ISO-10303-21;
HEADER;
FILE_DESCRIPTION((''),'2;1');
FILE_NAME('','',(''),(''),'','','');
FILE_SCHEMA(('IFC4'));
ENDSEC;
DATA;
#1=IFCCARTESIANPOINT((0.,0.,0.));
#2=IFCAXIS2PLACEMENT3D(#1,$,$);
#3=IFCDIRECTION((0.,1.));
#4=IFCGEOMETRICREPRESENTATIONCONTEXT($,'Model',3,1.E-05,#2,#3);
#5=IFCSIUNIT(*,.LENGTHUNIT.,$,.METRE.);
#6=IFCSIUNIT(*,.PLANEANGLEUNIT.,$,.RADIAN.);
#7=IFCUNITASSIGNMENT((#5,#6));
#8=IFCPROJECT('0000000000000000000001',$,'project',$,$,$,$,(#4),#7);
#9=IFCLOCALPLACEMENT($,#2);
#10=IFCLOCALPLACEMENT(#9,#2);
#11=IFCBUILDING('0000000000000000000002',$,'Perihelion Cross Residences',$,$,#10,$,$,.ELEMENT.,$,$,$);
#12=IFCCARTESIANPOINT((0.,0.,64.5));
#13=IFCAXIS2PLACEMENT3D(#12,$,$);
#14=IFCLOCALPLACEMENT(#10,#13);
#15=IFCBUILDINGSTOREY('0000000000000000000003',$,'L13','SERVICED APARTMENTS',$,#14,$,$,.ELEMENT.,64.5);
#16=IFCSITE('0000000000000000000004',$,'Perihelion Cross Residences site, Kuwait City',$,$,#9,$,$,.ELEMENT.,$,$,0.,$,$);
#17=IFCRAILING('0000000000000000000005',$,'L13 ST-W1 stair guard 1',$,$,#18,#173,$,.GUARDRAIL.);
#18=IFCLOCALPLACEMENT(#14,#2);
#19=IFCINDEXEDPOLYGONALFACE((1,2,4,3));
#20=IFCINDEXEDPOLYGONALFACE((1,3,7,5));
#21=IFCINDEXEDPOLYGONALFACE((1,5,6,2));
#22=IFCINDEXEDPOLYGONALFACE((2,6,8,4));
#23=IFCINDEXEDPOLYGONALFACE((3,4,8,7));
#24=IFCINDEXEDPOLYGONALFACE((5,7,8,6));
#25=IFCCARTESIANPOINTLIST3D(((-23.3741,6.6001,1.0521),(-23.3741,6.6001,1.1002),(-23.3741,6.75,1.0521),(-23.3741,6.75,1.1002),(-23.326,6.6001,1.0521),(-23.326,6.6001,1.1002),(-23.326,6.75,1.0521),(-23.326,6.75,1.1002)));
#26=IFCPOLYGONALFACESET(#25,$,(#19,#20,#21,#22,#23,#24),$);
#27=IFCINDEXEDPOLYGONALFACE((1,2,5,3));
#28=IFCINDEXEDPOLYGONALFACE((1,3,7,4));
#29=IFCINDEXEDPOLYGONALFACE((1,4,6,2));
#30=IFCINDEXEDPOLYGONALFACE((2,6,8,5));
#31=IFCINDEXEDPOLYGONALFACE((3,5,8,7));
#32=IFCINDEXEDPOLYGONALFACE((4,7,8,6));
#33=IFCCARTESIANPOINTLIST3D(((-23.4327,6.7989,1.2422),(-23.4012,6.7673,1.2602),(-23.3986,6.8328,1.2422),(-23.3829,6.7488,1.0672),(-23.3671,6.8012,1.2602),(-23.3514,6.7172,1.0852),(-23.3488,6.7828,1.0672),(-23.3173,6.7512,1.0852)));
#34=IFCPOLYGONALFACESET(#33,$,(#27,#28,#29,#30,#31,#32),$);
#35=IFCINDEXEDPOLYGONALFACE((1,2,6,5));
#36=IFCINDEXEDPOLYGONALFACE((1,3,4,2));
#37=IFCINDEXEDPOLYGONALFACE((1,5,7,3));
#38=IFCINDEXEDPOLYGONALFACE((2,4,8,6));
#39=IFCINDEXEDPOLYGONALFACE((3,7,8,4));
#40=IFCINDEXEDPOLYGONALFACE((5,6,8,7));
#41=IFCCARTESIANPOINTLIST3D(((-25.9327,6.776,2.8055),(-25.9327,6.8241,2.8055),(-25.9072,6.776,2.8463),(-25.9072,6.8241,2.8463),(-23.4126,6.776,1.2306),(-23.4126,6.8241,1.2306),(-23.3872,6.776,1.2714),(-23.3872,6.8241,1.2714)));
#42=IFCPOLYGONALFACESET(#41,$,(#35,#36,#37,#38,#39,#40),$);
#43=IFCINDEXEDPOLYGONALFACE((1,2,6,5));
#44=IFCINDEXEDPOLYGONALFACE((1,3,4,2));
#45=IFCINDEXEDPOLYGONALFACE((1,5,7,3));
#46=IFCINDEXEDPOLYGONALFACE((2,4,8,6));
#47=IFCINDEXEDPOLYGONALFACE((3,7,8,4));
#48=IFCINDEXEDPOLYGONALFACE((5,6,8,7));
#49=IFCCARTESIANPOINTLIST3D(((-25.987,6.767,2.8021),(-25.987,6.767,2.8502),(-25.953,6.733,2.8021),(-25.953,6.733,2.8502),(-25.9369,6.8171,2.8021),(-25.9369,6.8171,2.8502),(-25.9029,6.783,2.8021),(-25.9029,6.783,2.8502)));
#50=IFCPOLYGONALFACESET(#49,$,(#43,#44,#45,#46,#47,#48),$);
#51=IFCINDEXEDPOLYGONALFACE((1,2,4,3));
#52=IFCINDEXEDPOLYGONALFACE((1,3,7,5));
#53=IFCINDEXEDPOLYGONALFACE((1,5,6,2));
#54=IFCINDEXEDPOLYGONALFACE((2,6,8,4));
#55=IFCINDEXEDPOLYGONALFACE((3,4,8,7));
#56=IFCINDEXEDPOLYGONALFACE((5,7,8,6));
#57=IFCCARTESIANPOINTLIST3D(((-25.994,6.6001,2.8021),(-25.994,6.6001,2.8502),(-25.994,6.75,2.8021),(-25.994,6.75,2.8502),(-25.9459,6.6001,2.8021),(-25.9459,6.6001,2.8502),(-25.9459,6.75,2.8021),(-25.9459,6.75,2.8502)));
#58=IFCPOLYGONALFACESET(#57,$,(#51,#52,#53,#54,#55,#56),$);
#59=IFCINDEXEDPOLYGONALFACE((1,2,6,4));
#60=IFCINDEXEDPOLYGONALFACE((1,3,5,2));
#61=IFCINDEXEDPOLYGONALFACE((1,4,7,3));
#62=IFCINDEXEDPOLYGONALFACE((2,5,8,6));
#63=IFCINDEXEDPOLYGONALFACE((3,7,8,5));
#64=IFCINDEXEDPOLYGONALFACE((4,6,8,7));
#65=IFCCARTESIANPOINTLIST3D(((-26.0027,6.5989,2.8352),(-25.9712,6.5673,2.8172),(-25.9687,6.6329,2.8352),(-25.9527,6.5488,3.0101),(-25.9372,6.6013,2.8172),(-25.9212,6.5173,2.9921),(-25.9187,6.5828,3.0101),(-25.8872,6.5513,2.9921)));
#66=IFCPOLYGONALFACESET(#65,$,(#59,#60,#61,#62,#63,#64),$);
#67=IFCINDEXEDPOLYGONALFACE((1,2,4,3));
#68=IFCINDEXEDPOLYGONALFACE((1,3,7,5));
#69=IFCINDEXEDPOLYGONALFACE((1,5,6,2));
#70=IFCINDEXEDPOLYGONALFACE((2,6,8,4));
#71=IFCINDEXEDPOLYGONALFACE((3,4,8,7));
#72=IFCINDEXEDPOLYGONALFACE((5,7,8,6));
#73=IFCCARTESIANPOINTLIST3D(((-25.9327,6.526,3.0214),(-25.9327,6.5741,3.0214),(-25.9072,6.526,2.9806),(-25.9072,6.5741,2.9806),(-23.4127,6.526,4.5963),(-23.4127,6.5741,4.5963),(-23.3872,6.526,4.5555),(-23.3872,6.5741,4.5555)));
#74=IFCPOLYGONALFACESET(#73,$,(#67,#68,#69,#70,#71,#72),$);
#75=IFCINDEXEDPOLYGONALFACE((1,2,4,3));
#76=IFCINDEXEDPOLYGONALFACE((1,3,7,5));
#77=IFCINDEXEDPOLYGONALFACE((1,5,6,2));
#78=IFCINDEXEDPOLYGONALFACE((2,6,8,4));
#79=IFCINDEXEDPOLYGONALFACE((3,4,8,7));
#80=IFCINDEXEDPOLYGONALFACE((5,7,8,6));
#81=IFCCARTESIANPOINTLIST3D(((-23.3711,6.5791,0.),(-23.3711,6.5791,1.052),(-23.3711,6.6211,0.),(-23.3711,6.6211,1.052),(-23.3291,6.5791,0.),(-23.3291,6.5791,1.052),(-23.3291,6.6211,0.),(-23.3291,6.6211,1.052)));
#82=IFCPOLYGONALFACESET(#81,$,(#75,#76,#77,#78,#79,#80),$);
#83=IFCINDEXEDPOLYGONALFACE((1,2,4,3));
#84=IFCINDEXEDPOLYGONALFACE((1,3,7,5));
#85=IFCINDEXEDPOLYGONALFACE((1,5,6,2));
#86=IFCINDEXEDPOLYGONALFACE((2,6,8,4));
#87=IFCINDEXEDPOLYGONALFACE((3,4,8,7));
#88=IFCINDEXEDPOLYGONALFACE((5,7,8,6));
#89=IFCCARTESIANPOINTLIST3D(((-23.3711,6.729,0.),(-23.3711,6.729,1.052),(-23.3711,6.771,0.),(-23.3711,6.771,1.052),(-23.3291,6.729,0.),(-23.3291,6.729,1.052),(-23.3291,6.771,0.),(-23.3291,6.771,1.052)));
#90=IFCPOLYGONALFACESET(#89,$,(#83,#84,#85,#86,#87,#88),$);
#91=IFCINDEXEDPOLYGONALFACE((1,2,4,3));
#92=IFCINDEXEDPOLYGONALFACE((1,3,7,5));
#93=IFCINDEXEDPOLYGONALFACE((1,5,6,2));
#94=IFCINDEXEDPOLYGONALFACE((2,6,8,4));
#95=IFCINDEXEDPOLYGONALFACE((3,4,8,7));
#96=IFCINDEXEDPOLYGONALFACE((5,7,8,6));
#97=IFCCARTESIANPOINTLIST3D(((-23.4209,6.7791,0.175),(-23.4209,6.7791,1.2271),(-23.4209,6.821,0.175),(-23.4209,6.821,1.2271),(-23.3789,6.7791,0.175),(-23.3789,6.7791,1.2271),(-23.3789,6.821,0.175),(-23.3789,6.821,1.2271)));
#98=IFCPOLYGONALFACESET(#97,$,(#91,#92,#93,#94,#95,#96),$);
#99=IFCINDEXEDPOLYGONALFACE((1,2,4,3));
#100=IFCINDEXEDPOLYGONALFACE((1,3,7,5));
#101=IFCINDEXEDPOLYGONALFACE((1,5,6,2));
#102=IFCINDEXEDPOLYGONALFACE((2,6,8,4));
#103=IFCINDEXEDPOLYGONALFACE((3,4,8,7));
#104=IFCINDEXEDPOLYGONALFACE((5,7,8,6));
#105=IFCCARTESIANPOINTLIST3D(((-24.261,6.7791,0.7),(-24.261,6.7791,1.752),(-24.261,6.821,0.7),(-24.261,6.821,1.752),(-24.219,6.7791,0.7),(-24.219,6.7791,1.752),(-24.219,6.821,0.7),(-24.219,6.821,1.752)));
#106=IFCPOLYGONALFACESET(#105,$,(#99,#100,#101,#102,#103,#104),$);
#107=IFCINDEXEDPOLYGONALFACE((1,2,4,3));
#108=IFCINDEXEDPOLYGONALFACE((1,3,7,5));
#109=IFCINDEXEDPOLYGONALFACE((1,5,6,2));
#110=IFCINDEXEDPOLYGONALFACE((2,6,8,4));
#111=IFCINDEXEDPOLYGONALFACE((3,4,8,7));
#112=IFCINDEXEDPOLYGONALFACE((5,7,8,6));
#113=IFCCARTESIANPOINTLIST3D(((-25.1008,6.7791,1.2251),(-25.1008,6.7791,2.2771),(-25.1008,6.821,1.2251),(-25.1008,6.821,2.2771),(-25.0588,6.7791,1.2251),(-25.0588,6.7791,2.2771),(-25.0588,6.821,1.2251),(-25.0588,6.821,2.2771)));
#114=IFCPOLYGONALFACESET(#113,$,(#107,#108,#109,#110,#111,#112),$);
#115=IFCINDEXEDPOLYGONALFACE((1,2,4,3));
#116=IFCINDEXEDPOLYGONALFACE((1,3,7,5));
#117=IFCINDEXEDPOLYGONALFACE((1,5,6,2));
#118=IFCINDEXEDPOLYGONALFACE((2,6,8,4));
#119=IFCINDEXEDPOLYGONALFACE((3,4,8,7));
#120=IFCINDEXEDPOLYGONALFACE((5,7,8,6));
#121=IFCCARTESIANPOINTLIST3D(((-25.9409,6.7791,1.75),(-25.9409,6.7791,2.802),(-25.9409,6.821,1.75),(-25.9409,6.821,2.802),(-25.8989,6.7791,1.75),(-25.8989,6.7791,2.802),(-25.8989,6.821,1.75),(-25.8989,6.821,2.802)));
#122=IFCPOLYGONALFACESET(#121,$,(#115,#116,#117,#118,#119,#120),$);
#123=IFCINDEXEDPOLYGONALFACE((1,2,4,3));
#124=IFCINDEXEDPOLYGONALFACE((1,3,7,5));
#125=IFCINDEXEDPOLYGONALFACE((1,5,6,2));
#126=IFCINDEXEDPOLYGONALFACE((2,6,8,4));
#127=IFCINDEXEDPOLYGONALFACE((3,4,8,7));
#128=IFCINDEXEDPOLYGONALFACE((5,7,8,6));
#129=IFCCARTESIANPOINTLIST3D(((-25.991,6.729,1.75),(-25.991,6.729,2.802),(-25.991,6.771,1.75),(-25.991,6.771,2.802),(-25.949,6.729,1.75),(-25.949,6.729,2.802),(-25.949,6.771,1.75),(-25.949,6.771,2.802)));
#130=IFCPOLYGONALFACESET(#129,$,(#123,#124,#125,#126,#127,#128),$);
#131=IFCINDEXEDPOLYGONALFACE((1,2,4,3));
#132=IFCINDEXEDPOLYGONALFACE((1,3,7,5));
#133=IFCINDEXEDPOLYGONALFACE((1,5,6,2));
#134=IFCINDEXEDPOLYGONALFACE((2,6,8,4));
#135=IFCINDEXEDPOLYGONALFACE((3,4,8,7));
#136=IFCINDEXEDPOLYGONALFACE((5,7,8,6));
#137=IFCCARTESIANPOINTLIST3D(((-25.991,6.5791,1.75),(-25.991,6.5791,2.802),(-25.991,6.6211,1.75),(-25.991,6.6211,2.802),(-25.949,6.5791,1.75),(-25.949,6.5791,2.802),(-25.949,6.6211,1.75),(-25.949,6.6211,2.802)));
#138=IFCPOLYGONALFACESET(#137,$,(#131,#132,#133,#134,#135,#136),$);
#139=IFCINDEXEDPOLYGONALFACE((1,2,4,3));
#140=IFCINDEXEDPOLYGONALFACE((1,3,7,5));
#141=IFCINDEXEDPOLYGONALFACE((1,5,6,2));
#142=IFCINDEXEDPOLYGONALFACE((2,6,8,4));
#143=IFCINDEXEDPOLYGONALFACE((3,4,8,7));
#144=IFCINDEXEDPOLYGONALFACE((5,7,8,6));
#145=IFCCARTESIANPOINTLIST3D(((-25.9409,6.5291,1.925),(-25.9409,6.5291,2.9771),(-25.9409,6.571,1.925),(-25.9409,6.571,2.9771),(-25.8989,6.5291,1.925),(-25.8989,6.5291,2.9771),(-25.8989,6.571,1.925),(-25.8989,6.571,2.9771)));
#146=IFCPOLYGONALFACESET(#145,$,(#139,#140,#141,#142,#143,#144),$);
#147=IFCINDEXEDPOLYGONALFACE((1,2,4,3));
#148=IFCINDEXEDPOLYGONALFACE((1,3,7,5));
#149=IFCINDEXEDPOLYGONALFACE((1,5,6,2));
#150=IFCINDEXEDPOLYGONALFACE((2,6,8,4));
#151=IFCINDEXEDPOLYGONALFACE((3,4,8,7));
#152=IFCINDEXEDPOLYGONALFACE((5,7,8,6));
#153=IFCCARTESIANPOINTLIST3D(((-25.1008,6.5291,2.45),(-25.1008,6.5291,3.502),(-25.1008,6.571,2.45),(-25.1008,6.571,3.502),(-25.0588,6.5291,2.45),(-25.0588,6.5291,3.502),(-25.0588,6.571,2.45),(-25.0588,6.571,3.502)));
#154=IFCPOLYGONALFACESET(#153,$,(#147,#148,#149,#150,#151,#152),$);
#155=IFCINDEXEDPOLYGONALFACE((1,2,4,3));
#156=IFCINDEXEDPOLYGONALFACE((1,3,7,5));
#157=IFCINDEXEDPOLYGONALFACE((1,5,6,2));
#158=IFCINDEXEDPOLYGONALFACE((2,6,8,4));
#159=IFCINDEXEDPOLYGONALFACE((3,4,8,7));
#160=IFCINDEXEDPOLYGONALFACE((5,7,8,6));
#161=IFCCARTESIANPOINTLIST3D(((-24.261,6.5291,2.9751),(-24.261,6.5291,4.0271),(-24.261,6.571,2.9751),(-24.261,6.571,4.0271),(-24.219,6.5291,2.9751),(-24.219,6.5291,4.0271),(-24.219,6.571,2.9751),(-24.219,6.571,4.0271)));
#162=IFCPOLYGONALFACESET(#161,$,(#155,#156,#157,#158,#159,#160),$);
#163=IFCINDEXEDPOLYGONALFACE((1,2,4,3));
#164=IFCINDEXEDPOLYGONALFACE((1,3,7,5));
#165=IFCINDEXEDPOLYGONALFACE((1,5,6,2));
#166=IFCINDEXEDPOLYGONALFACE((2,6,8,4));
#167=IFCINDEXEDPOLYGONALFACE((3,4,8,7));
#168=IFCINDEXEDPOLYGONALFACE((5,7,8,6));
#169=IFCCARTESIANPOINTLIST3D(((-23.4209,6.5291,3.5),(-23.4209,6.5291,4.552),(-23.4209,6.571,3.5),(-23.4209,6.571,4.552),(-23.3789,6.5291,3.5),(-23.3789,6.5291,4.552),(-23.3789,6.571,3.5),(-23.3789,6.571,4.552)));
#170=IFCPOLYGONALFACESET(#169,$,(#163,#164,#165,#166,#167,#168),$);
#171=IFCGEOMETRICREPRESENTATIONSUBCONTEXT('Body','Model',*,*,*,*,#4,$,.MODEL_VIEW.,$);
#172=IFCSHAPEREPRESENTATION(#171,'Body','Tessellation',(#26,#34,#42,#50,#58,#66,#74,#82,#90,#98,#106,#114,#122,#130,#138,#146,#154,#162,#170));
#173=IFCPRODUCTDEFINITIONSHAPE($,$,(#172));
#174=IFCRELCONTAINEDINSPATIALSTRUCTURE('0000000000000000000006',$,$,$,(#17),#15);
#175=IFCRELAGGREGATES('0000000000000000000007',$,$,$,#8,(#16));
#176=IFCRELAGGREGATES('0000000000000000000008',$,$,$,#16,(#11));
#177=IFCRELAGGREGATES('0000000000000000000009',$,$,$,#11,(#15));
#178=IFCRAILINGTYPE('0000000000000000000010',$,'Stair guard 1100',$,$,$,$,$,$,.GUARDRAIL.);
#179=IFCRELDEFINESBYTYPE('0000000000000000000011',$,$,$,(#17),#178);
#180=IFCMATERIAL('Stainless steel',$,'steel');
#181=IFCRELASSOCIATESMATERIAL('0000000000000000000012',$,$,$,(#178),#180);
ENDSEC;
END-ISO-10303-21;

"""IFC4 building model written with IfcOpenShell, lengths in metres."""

from ifc_helpers import new_model, si_unit, direction, frame, origin, origin_2d, place, context, subcontext, project, spatial, rectangle, extrude, material, type_object, element, save


model = new_model("IFC4")

# Units and contexts
model_context = context("Model", 3, precision=1e-05, world=origin(), true_north=direction((0.0, 1.0)))
body_context = subcontext(model_context, "Body", "Model", "MODEL_VIEW")
ifc_project = project(units=[si_unit("LENGTHUNIT", "METRE"), si_unit("PLANEANGLEUNIT", "RADIAN")], contexts=[model_context])

# Site, building, storey
site_placement = place(None, origin())
site = spatial("IfcSite", under=ifc_project, at=site_placement, Name="Perihelion Cross Residences site, Kuwait City", CompositionType="ELEMENT", RefElevation=0.0)
building_placement = place(site_placement, origin())
building = spatial("IfcBuilding", under=site, at=building_placement, Name="Perihelion Cross Residences", CompositionType="ELEMENT")
storey_placement = place(building_placement, frame((0.0, 0.0, 64.5)))
storey = spatial("IfcBuildingStorey", under=building, at=storey_placement, Name="L13", Description="SERVICED APARTMENTS", CompositionType="ELEMENT", Elevation=64.5)

# Railing
ifc_material_1 = material(Name="Stainless steel", Category="steel")
railing_type_1 = type_object("IfcRailingType", Name="Stair guard 1100", PredefinedType="GUARDRAIL", material=ifc_material_1)
railing_1_placement = place(storey_placement, frame((-23.3501, 6.6001, 0.0)))
element("IfcRailing", 1, at=railing_1_placement, inside=storey, type_object=railing_type_1, Name="L13 ST-W1 stair guard 1", PredefinedType="GUARDRAIL", context=body_context, shape_type="SweptSolid", body=[
    extrude(rectangle(XDim=0.0481, YDim=0.0481, at=origin_2d()), frame((0.0, 0.0, 1.0762), z_axis=(0.0, 1.0, 0.0), x_axis=(-1.0, 0.0, 0.0)), (0.0, 0.0, 1.0), 0.1499),
    extrude(rectangle(XDim=0.0481, YDim=0.0481, at=origin_2d()), frame((0.0, 0.1499, 1.0762), z_axis=(-0.263862, 0.265156, 0.927399), x_axis=(-0.708834, -0.705376, 0.0)), (0.0, 0.0, 1.0), 0.1887),
    extrude(rectangle(XDim=0.0481, YDim=0.0481, at=origin_2d()), frame((-0.0498, 0.2, 1.251), z_axis=(-0.848008, 0.0, 0.529984), x_axis=(0.0, -1.0, 0.0)), (0.0, 0.0, 1.0), 2.9717),
    extrude(rectangle(XDim=0.0481, YDim=0.0481, at=origin_2d()), frame((-2.5698, 0.2, 2.8262), z_axis=(-0.707107, -0.707107, 0.0), x_axis=(0.707107, -0.707107, 0.0)), (0.0, 0.0, 1.0), 0.0708),
    extrude(rectangle(XDim=0.0481, YDim=0.0481, at=origin_2d()), frame((-2.6199, 0.1499, 2.8262), z_axis=(0.0, -1.0, 0.0), x_axis=(1.0, 0.0, 0.0)), (0.0, 0.0, 1.0), 0.1499),
    extrude(rectangle(XDim=0.0481, YDim=0.0481, at=origin_2d()), frame((-2.6199, 0.0, 2.8262), z_axis=(0.265065, -0.265065, 0.927082), x_axis=(0.707107, 0.707107, 0.0)), (0.0, 0.0, 1.0), 0.1887),
    extrude(rectangle(XDim=0.0481, YDim=0.0481, at=origin_2d()), frame((-2.5698, -0.05, 3.001), z_axis=(0.848008, 0.0, 0.529984), x_axis=(0.0, 1.0, 0.0)), (0.0, 0.0, 1.0), 2.9717),
    extrude(rectangle(XDim=0.042, YDim=0.042, at=origin_2d()), origin(), (0.0, 0.0, 1.0), 1.052),
    extrude(rectangle(XDim=0.042, YDim=0.042, at=origin_2d()), frame((0.0, 0.1499, 0.0)), (0.0, 0.0, 1.0), 1.052),
    extrude(rectangle(XDim=0.042, YDim=0.042, at=origin_2d()), frame((-0.0498, 0.2, 0.175)), (0.0, 0.0, 1.0), 1.052),
    extrude(rectangle(XDim=0.042, YDim=0.042, at=origin_2d()), frame((-0.8899, 0.2, 0.7)), (0.0, 0.0, 1.0), 1.052),
    extrude(rectangle(XDim=0.042, YDim=0.042, at=origin_2d()), frame((-1.7297, 0.2, 1.2251)), (0.0, 0.0, 1.0), 1.052),
    extrude(rectangle(XDim=0.042, YDim=0.042, at=origin_2d()), frame((-2.5698, 0.2, 1.75)), (0.0, 0.0, 1.0), 1.052),
    extrude(rectangle(XDim=0.042, YDim=0.042, at=origin_2d()), frame((-2.6199, 0.1499, 1.75)), (0.0, 0.0, 1.0), 1.052),
    extrude(rectangle(XDim=0.042, YDim=0.042, at=origin_2d()), frame((-2.6199, 0.0, 1.75)), (0.0, 0.0, 1.0), 1.052),
    extrude(rectangle(XDim=0.042, YDim=0.042, at=origin_2d()), frame((-2.5698, -0.05, 1.925)), (0.0, 0.0, 1.0), 1.052),
    extrude(rectangle(XDim=0.042, YDim=0.042, at=origin_2d()), frame((-1.7297, -0.05, 2.45)), (0.0, 0.0, 1.0), 1.052),
    extrude(rectangle(XDim=0.042, YDim=0.042, at=origin_2d()), frame((-0.8899, -0.05, 2.9751)), (0.0, 0.0, 1.0), 1.052),
    extrude(rectangle(XDim=0.042, YDim=0.042, at=origin_2d()), frame((-0.0498, -0.05, 3.5)), (0.0, 0.0, 1.0), 1.052),
])

save(model, "model.ifc")
